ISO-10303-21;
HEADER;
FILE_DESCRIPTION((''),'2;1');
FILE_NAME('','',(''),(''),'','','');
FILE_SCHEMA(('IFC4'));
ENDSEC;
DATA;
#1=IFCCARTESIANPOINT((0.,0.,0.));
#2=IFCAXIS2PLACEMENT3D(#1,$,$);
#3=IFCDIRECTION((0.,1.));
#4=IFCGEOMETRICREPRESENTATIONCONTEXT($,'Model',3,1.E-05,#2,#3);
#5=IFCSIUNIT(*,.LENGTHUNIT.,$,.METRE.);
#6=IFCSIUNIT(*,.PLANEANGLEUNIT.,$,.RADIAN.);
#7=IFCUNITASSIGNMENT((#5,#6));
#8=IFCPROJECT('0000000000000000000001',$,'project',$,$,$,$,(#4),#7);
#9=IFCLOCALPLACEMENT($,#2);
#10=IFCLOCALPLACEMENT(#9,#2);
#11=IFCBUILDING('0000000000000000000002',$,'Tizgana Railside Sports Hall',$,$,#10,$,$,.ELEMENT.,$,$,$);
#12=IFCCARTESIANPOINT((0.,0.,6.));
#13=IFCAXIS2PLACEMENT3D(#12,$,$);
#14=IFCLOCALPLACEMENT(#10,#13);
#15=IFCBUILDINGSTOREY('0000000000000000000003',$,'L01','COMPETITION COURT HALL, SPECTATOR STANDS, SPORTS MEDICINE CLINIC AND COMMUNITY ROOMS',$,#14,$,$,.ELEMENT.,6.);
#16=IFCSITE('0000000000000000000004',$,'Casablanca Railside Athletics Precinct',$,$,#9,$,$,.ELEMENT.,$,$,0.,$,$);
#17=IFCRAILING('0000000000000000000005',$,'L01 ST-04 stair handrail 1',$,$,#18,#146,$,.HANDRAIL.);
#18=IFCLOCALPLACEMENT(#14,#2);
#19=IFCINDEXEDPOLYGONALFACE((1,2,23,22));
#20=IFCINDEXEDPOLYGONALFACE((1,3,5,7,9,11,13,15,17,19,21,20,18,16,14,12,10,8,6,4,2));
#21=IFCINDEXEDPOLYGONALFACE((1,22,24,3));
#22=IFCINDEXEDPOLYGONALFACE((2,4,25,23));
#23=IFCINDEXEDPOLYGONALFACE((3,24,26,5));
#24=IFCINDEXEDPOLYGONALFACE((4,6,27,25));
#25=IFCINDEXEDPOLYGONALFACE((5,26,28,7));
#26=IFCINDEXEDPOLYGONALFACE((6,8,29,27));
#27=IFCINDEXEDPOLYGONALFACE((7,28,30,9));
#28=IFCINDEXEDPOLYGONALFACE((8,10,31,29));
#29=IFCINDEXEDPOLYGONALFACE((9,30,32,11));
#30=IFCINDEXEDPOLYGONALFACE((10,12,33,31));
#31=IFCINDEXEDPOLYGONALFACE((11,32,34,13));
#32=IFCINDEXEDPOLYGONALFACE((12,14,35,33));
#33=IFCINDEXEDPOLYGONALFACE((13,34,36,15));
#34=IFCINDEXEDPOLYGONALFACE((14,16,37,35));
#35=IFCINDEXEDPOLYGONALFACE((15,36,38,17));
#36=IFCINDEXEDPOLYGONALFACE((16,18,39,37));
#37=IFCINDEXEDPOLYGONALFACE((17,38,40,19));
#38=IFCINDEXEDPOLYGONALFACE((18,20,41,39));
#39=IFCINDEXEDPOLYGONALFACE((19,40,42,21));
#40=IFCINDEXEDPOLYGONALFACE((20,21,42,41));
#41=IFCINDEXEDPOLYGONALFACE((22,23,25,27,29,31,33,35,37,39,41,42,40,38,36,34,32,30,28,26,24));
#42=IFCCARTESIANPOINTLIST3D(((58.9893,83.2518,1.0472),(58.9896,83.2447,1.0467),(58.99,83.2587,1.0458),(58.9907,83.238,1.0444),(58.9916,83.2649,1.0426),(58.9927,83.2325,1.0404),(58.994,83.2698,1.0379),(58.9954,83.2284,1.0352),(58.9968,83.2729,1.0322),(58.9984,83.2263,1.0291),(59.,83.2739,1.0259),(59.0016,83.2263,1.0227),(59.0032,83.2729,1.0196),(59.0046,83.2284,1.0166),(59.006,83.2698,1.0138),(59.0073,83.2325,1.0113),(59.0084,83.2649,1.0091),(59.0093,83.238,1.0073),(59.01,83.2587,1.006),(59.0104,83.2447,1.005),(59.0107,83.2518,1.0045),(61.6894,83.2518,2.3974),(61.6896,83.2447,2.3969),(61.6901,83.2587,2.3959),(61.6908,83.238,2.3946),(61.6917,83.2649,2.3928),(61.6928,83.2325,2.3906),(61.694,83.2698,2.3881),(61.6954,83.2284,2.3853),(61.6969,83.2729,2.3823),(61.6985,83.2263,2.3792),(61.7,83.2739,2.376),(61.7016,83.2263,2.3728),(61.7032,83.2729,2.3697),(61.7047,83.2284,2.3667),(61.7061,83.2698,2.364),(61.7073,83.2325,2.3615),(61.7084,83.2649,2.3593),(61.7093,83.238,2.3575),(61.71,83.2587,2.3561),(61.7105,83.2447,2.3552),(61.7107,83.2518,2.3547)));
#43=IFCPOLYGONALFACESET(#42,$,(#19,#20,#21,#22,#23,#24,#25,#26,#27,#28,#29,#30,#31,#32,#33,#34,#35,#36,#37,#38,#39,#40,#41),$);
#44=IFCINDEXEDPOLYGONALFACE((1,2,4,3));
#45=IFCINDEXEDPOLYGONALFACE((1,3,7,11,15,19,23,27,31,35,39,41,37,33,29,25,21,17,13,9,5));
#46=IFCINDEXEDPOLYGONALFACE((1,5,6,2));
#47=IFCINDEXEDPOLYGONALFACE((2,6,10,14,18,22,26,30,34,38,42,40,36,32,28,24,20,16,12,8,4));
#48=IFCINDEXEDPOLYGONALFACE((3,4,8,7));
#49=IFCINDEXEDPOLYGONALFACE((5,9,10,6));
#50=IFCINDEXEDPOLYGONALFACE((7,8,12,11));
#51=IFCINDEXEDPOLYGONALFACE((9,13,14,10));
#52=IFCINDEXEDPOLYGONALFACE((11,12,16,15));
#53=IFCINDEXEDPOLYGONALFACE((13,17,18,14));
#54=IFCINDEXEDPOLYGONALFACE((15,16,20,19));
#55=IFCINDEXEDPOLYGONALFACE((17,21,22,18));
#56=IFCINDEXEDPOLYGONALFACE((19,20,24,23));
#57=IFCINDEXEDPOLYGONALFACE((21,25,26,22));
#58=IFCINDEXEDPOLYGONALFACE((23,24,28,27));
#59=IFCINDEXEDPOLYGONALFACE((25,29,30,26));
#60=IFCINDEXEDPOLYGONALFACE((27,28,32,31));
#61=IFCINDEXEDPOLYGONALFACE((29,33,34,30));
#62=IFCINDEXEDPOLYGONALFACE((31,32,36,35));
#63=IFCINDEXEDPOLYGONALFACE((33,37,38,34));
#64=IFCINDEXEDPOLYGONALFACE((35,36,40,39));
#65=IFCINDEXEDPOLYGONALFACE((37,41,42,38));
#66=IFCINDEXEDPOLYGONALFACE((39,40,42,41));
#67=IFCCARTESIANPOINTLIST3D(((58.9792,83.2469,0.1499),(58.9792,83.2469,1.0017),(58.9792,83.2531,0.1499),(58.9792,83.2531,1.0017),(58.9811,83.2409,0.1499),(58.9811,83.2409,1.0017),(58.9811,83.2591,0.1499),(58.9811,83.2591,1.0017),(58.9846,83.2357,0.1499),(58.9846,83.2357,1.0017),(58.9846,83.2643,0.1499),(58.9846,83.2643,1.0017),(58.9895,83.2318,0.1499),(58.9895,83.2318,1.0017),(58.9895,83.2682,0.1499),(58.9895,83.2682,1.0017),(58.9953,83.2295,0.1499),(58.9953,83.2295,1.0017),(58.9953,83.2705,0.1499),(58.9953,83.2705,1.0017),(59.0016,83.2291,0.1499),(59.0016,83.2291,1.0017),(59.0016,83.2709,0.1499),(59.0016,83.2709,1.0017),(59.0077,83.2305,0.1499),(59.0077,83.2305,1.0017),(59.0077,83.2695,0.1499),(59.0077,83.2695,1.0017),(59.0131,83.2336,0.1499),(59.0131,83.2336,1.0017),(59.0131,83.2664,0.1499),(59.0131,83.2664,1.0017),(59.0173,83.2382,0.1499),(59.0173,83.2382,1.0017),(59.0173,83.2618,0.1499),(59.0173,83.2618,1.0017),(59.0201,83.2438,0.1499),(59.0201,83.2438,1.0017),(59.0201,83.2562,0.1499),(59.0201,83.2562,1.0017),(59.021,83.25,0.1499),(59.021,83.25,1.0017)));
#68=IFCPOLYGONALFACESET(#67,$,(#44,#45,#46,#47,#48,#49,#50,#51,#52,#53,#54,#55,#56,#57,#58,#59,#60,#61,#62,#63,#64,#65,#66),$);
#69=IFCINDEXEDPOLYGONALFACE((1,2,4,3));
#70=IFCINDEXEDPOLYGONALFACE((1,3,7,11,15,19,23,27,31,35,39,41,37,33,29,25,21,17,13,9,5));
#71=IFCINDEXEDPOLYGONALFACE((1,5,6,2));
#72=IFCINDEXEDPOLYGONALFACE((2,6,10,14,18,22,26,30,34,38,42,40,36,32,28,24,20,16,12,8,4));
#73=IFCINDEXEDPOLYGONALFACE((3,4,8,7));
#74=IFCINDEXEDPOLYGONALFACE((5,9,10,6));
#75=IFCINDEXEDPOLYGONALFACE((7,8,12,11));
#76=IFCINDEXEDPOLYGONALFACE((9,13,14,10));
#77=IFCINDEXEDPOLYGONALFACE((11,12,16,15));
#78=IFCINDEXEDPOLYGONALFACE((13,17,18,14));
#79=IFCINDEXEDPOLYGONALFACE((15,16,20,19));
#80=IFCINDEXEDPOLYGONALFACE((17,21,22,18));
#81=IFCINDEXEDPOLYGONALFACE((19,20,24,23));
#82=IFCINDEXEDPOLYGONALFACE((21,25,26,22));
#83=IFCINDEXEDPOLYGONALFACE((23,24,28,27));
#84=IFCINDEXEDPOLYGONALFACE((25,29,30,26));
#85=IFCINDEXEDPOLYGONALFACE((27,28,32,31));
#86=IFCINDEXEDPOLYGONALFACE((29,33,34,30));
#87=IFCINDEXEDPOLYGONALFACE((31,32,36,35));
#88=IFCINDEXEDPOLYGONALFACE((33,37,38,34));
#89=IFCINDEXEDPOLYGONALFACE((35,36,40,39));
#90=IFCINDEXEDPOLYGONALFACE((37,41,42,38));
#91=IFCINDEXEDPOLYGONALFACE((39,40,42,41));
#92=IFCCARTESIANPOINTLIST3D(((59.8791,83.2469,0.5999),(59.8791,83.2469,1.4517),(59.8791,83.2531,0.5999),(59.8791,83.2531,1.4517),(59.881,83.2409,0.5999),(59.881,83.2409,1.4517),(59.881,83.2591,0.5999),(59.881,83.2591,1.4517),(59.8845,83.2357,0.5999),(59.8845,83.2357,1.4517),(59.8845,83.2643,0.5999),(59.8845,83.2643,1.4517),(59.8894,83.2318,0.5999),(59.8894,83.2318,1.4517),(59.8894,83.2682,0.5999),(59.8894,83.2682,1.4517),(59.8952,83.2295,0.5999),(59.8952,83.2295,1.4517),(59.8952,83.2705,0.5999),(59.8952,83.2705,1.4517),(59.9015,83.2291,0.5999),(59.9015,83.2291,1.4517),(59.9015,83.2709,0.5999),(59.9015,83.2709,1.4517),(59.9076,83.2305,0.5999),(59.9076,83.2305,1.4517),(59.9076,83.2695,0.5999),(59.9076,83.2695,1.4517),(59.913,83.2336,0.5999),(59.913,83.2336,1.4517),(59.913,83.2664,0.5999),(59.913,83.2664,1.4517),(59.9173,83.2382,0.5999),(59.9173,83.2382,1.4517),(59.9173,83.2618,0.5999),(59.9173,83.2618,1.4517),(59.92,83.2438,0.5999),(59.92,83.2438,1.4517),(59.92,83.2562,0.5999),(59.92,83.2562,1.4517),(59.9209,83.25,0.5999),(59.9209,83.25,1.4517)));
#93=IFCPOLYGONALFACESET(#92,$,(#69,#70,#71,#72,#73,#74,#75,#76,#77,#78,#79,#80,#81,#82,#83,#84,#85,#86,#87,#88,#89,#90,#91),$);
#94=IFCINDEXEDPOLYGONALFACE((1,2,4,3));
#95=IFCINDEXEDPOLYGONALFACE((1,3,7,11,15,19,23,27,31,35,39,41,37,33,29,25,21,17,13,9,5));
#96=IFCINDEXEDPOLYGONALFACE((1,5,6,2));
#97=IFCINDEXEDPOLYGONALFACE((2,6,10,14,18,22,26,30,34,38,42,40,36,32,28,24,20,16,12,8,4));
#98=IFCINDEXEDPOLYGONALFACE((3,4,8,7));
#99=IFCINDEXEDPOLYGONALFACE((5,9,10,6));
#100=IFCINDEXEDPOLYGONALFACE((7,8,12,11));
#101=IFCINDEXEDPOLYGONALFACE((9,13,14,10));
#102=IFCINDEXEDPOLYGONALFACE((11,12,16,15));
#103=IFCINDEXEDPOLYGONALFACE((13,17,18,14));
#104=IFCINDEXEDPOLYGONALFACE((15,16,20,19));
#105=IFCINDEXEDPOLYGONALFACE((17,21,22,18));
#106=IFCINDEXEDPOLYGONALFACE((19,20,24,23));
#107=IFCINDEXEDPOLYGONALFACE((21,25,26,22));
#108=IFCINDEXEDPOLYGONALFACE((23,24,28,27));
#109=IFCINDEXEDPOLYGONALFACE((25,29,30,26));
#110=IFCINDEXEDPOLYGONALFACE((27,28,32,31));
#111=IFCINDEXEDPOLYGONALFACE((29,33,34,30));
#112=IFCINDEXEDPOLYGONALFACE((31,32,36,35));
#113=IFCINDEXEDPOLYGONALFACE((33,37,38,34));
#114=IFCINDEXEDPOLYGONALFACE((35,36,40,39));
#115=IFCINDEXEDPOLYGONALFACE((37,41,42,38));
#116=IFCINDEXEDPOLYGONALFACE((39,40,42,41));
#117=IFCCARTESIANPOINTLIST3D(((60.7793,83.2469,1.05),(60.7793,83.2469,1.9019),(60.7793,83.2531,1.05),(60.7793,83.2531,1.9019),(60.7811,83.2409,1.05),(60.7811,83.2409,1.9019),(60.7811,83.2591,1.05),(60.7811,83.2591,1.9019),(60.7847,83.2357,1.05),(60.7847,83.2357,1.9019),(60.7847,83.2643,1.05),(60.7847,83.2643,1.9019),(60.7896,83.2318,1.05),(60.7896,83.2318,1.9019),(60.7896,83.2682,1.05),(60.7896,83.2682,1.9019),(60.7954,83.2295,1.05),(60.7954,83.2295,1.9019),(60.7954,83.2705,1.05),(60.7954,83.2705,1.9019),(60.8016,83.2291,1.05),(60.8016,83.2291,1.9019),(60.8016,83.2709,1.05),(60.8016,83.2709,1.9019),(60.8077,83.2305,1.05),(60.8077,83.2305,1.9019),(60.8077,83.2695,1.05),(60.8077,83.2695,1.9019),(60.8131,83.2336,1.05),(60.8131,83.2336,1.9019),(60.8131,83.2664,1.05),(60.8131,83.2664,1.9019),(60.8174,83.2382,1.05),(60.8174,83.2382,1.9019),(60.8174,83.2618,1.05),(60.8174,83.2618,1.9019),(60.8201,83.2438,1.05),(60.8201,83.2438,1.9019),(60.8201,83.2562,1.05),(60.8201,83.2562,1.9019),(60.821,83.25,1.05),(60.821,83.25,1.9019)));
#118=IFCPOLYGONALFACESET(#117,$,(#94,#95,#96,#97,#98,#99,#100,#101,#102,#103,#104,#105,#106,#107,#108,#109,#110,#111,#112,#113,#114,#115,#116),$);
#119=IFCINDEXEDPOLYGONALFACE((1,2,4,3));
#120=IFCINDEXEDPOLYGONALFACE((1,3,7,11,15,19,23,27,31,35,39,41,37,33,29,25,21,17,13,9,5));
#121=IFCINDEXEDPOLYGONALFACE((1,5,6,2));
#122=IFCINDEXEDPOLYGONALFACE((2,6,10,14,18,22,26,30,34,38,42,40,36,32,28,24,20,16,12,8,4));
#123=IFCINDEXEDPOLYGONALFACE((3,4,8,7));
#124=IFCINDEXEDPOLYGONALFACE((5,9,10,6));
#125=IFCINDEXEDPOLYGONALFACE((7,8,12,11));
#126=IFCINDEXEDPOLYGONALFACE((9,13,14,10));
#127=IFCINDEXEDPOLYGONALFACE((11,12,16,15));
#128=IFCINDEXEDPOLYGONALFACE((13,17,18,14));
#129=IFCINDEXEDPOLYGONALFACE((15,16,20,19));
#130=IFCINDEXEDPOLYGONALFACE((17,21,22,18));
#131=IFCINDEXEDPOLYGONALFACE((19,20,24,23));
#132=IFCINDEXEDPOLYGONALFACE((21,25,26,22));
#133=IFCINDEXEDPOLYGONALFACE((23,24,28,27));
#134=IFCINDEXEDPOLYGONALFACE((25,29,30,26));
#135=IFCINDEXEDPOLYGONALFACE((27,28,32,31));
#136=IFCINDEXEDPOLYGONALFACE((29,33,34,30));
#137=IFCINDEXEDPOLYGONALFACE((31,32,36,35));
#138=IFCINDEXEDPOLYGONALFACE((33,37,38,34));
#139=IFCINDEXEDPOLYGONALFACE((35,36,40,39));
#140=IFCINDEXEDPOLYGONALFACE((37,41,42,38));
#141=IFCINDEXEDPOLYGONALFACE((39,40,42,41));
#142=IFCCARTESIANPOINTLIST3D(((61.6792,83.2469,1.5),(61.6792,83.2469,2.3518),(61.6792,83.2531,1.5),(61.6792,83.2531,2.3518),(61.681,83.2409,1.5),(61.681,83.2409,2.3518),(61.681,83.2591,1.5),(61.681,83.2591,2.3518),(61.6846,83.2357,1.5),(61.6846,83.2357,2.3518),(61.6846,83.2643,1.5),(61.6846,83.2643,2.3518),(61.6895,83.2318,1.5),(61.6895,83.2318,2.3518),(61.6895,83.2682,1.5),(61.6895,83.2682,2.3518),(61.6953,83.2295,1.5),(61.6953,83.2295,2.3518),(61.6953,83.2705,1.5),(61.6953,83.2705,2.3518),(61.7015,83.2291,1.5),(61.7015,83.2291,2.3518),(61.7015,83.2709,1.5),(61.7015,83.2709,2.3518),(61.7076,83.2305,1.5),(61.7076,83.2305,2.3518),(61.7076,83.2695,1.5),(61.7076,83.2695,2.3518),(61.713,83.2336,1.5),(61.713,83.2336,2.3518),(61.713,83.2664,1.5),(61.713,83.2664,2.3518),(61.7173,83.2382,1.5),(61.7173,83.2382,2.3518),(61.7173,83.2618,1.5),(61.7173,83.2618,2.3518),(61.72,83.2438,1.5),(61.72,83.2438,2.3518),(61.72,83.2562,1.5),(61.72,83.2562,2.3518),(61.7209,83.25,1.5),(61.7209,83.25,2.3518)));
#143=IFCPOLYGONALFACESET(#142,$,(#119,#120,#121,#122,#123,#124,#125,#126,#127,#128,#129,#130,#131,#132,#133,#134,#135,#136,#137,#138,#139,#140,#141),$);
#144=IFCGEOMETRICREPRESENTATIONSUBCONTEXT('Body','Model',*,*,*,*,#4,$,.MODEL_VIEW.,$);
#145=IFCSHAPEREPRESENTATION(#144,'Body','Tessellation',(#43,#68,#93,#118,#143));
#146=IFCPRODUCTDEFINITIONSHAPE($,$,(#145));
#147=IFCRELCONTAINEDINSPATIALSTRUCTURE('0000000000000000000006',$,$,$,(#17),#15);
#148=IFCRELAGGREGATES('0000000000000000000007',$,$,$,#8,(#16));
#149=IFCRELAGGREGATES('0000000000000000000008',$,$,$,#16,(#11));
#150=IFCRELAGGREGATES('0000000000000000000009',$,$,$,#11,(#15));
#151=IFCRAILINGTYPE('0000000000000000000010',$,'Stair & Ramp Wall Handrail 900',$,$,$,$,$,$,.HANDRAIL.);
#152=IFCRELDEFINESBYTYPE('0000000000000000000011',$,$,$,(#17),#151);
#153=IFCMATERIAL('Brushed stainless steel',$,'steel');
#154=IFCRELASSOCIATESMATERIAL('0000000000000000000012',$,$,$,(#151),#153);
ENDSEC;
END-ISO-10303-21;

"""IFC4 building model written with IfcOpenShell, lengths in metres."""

from ifc_helpers import new_model, si_unit, direction, frame, origin, origin_2d, place, context, subcontext, project, spatial, circle, extrude, material, type_object, element, save


model = new_model("IFC4")

# Units and contexts
model_context = context("Model", 3, precision=1e-05, world=origin(), true_north=direction((0.0, 1.0)))
body_context = subcontext(model_context, "Body", "Model", "MODEL_VIEW")
ifc_project = project(units=[si_unit("LENGTHUNIT", "METRE"), si_unit("PLANEANGLEUNIT", "RADIAN")], contexts=[model_context])

# Site, building, storey
site_placement = place(None, origin())
site = spatial("IfcSite", under=ifc_project, at=site_placement, Name="Casablanca Railside Athletics Precinct", CompositionType="ELEMENT", RefElevation=0.0)
building_placement = place(site_placement, origin())
building = spatial("IfcBuilding", under=site, at=building_placement, Name="Tizgana Railside Sports Hall", CompositionType="ELEMENT")
storey_placement = place(building_placement, frame((0.0, 0.0, 6.0)))
storey = spatial("IfcBuildingStorey", under=building, at=storey_placement, Name="L01", Description="COMPETITION COURT HALL, SPECTATOR STANDS, SPORTS MEDICINE CLINIC AND COMMUNITY ROOMS", CompositionType="ELEMENT", Elevation=6.0)

# Railing
ifc_material_1 = material(Name="Brushed stainless steel", Category="steel")
railing_type_1 = type_object("IfcRailingType", Name="Stair & Ramp Wall Handrail 900", PredefinedType="HANDRAIL", material=ifc_material_1)
for number, where, name in (
    (1, (59.0, 83.25, 0.1499), "L01 ST-04 stair handrail 1"),
):
    element("IfcRailing", number, at=place(storey_placement, frame(where)), inside=storey, type_object=railing_type_1, Name=name, PredefinedType="HANDRAIL", context=body_context, shape_type="SweptSolid", body=[
        extrude(circle(Radius=0.0239, at=origin_2d()), frame((0.0, 0.0, 0.876), z_axis=(0.894411, 0.0, 0.447246), x_axis=(0.0, 1.0, 0.0)), (0.0, 0.0, 1.0), 3.0188),
        extrude(circle(Radius=0.021, at=origin_2d()), origin(), (0.0, 0.0, 1.0), 0.8518),
        extrude(circle(Radius=0.021, at=origin_2d()), frame((0.8999, 0.0, 0.45)), (0.0, 0.0, 1.0), 0.8518),
        extrude(circle(Radius=0.021, at=origin_2d()), frame((1.8, 0.0, 0.9001)), (0.0, 0.0, 1.0), 0.8518),
        extrude(circle(Radius=0.021, at=origin_2d()), frame((2.7, 0.0, 1.3501)), (0.0, 0.0, 1.0), 0.8518),
    ])

save(model, "model.ifc")
